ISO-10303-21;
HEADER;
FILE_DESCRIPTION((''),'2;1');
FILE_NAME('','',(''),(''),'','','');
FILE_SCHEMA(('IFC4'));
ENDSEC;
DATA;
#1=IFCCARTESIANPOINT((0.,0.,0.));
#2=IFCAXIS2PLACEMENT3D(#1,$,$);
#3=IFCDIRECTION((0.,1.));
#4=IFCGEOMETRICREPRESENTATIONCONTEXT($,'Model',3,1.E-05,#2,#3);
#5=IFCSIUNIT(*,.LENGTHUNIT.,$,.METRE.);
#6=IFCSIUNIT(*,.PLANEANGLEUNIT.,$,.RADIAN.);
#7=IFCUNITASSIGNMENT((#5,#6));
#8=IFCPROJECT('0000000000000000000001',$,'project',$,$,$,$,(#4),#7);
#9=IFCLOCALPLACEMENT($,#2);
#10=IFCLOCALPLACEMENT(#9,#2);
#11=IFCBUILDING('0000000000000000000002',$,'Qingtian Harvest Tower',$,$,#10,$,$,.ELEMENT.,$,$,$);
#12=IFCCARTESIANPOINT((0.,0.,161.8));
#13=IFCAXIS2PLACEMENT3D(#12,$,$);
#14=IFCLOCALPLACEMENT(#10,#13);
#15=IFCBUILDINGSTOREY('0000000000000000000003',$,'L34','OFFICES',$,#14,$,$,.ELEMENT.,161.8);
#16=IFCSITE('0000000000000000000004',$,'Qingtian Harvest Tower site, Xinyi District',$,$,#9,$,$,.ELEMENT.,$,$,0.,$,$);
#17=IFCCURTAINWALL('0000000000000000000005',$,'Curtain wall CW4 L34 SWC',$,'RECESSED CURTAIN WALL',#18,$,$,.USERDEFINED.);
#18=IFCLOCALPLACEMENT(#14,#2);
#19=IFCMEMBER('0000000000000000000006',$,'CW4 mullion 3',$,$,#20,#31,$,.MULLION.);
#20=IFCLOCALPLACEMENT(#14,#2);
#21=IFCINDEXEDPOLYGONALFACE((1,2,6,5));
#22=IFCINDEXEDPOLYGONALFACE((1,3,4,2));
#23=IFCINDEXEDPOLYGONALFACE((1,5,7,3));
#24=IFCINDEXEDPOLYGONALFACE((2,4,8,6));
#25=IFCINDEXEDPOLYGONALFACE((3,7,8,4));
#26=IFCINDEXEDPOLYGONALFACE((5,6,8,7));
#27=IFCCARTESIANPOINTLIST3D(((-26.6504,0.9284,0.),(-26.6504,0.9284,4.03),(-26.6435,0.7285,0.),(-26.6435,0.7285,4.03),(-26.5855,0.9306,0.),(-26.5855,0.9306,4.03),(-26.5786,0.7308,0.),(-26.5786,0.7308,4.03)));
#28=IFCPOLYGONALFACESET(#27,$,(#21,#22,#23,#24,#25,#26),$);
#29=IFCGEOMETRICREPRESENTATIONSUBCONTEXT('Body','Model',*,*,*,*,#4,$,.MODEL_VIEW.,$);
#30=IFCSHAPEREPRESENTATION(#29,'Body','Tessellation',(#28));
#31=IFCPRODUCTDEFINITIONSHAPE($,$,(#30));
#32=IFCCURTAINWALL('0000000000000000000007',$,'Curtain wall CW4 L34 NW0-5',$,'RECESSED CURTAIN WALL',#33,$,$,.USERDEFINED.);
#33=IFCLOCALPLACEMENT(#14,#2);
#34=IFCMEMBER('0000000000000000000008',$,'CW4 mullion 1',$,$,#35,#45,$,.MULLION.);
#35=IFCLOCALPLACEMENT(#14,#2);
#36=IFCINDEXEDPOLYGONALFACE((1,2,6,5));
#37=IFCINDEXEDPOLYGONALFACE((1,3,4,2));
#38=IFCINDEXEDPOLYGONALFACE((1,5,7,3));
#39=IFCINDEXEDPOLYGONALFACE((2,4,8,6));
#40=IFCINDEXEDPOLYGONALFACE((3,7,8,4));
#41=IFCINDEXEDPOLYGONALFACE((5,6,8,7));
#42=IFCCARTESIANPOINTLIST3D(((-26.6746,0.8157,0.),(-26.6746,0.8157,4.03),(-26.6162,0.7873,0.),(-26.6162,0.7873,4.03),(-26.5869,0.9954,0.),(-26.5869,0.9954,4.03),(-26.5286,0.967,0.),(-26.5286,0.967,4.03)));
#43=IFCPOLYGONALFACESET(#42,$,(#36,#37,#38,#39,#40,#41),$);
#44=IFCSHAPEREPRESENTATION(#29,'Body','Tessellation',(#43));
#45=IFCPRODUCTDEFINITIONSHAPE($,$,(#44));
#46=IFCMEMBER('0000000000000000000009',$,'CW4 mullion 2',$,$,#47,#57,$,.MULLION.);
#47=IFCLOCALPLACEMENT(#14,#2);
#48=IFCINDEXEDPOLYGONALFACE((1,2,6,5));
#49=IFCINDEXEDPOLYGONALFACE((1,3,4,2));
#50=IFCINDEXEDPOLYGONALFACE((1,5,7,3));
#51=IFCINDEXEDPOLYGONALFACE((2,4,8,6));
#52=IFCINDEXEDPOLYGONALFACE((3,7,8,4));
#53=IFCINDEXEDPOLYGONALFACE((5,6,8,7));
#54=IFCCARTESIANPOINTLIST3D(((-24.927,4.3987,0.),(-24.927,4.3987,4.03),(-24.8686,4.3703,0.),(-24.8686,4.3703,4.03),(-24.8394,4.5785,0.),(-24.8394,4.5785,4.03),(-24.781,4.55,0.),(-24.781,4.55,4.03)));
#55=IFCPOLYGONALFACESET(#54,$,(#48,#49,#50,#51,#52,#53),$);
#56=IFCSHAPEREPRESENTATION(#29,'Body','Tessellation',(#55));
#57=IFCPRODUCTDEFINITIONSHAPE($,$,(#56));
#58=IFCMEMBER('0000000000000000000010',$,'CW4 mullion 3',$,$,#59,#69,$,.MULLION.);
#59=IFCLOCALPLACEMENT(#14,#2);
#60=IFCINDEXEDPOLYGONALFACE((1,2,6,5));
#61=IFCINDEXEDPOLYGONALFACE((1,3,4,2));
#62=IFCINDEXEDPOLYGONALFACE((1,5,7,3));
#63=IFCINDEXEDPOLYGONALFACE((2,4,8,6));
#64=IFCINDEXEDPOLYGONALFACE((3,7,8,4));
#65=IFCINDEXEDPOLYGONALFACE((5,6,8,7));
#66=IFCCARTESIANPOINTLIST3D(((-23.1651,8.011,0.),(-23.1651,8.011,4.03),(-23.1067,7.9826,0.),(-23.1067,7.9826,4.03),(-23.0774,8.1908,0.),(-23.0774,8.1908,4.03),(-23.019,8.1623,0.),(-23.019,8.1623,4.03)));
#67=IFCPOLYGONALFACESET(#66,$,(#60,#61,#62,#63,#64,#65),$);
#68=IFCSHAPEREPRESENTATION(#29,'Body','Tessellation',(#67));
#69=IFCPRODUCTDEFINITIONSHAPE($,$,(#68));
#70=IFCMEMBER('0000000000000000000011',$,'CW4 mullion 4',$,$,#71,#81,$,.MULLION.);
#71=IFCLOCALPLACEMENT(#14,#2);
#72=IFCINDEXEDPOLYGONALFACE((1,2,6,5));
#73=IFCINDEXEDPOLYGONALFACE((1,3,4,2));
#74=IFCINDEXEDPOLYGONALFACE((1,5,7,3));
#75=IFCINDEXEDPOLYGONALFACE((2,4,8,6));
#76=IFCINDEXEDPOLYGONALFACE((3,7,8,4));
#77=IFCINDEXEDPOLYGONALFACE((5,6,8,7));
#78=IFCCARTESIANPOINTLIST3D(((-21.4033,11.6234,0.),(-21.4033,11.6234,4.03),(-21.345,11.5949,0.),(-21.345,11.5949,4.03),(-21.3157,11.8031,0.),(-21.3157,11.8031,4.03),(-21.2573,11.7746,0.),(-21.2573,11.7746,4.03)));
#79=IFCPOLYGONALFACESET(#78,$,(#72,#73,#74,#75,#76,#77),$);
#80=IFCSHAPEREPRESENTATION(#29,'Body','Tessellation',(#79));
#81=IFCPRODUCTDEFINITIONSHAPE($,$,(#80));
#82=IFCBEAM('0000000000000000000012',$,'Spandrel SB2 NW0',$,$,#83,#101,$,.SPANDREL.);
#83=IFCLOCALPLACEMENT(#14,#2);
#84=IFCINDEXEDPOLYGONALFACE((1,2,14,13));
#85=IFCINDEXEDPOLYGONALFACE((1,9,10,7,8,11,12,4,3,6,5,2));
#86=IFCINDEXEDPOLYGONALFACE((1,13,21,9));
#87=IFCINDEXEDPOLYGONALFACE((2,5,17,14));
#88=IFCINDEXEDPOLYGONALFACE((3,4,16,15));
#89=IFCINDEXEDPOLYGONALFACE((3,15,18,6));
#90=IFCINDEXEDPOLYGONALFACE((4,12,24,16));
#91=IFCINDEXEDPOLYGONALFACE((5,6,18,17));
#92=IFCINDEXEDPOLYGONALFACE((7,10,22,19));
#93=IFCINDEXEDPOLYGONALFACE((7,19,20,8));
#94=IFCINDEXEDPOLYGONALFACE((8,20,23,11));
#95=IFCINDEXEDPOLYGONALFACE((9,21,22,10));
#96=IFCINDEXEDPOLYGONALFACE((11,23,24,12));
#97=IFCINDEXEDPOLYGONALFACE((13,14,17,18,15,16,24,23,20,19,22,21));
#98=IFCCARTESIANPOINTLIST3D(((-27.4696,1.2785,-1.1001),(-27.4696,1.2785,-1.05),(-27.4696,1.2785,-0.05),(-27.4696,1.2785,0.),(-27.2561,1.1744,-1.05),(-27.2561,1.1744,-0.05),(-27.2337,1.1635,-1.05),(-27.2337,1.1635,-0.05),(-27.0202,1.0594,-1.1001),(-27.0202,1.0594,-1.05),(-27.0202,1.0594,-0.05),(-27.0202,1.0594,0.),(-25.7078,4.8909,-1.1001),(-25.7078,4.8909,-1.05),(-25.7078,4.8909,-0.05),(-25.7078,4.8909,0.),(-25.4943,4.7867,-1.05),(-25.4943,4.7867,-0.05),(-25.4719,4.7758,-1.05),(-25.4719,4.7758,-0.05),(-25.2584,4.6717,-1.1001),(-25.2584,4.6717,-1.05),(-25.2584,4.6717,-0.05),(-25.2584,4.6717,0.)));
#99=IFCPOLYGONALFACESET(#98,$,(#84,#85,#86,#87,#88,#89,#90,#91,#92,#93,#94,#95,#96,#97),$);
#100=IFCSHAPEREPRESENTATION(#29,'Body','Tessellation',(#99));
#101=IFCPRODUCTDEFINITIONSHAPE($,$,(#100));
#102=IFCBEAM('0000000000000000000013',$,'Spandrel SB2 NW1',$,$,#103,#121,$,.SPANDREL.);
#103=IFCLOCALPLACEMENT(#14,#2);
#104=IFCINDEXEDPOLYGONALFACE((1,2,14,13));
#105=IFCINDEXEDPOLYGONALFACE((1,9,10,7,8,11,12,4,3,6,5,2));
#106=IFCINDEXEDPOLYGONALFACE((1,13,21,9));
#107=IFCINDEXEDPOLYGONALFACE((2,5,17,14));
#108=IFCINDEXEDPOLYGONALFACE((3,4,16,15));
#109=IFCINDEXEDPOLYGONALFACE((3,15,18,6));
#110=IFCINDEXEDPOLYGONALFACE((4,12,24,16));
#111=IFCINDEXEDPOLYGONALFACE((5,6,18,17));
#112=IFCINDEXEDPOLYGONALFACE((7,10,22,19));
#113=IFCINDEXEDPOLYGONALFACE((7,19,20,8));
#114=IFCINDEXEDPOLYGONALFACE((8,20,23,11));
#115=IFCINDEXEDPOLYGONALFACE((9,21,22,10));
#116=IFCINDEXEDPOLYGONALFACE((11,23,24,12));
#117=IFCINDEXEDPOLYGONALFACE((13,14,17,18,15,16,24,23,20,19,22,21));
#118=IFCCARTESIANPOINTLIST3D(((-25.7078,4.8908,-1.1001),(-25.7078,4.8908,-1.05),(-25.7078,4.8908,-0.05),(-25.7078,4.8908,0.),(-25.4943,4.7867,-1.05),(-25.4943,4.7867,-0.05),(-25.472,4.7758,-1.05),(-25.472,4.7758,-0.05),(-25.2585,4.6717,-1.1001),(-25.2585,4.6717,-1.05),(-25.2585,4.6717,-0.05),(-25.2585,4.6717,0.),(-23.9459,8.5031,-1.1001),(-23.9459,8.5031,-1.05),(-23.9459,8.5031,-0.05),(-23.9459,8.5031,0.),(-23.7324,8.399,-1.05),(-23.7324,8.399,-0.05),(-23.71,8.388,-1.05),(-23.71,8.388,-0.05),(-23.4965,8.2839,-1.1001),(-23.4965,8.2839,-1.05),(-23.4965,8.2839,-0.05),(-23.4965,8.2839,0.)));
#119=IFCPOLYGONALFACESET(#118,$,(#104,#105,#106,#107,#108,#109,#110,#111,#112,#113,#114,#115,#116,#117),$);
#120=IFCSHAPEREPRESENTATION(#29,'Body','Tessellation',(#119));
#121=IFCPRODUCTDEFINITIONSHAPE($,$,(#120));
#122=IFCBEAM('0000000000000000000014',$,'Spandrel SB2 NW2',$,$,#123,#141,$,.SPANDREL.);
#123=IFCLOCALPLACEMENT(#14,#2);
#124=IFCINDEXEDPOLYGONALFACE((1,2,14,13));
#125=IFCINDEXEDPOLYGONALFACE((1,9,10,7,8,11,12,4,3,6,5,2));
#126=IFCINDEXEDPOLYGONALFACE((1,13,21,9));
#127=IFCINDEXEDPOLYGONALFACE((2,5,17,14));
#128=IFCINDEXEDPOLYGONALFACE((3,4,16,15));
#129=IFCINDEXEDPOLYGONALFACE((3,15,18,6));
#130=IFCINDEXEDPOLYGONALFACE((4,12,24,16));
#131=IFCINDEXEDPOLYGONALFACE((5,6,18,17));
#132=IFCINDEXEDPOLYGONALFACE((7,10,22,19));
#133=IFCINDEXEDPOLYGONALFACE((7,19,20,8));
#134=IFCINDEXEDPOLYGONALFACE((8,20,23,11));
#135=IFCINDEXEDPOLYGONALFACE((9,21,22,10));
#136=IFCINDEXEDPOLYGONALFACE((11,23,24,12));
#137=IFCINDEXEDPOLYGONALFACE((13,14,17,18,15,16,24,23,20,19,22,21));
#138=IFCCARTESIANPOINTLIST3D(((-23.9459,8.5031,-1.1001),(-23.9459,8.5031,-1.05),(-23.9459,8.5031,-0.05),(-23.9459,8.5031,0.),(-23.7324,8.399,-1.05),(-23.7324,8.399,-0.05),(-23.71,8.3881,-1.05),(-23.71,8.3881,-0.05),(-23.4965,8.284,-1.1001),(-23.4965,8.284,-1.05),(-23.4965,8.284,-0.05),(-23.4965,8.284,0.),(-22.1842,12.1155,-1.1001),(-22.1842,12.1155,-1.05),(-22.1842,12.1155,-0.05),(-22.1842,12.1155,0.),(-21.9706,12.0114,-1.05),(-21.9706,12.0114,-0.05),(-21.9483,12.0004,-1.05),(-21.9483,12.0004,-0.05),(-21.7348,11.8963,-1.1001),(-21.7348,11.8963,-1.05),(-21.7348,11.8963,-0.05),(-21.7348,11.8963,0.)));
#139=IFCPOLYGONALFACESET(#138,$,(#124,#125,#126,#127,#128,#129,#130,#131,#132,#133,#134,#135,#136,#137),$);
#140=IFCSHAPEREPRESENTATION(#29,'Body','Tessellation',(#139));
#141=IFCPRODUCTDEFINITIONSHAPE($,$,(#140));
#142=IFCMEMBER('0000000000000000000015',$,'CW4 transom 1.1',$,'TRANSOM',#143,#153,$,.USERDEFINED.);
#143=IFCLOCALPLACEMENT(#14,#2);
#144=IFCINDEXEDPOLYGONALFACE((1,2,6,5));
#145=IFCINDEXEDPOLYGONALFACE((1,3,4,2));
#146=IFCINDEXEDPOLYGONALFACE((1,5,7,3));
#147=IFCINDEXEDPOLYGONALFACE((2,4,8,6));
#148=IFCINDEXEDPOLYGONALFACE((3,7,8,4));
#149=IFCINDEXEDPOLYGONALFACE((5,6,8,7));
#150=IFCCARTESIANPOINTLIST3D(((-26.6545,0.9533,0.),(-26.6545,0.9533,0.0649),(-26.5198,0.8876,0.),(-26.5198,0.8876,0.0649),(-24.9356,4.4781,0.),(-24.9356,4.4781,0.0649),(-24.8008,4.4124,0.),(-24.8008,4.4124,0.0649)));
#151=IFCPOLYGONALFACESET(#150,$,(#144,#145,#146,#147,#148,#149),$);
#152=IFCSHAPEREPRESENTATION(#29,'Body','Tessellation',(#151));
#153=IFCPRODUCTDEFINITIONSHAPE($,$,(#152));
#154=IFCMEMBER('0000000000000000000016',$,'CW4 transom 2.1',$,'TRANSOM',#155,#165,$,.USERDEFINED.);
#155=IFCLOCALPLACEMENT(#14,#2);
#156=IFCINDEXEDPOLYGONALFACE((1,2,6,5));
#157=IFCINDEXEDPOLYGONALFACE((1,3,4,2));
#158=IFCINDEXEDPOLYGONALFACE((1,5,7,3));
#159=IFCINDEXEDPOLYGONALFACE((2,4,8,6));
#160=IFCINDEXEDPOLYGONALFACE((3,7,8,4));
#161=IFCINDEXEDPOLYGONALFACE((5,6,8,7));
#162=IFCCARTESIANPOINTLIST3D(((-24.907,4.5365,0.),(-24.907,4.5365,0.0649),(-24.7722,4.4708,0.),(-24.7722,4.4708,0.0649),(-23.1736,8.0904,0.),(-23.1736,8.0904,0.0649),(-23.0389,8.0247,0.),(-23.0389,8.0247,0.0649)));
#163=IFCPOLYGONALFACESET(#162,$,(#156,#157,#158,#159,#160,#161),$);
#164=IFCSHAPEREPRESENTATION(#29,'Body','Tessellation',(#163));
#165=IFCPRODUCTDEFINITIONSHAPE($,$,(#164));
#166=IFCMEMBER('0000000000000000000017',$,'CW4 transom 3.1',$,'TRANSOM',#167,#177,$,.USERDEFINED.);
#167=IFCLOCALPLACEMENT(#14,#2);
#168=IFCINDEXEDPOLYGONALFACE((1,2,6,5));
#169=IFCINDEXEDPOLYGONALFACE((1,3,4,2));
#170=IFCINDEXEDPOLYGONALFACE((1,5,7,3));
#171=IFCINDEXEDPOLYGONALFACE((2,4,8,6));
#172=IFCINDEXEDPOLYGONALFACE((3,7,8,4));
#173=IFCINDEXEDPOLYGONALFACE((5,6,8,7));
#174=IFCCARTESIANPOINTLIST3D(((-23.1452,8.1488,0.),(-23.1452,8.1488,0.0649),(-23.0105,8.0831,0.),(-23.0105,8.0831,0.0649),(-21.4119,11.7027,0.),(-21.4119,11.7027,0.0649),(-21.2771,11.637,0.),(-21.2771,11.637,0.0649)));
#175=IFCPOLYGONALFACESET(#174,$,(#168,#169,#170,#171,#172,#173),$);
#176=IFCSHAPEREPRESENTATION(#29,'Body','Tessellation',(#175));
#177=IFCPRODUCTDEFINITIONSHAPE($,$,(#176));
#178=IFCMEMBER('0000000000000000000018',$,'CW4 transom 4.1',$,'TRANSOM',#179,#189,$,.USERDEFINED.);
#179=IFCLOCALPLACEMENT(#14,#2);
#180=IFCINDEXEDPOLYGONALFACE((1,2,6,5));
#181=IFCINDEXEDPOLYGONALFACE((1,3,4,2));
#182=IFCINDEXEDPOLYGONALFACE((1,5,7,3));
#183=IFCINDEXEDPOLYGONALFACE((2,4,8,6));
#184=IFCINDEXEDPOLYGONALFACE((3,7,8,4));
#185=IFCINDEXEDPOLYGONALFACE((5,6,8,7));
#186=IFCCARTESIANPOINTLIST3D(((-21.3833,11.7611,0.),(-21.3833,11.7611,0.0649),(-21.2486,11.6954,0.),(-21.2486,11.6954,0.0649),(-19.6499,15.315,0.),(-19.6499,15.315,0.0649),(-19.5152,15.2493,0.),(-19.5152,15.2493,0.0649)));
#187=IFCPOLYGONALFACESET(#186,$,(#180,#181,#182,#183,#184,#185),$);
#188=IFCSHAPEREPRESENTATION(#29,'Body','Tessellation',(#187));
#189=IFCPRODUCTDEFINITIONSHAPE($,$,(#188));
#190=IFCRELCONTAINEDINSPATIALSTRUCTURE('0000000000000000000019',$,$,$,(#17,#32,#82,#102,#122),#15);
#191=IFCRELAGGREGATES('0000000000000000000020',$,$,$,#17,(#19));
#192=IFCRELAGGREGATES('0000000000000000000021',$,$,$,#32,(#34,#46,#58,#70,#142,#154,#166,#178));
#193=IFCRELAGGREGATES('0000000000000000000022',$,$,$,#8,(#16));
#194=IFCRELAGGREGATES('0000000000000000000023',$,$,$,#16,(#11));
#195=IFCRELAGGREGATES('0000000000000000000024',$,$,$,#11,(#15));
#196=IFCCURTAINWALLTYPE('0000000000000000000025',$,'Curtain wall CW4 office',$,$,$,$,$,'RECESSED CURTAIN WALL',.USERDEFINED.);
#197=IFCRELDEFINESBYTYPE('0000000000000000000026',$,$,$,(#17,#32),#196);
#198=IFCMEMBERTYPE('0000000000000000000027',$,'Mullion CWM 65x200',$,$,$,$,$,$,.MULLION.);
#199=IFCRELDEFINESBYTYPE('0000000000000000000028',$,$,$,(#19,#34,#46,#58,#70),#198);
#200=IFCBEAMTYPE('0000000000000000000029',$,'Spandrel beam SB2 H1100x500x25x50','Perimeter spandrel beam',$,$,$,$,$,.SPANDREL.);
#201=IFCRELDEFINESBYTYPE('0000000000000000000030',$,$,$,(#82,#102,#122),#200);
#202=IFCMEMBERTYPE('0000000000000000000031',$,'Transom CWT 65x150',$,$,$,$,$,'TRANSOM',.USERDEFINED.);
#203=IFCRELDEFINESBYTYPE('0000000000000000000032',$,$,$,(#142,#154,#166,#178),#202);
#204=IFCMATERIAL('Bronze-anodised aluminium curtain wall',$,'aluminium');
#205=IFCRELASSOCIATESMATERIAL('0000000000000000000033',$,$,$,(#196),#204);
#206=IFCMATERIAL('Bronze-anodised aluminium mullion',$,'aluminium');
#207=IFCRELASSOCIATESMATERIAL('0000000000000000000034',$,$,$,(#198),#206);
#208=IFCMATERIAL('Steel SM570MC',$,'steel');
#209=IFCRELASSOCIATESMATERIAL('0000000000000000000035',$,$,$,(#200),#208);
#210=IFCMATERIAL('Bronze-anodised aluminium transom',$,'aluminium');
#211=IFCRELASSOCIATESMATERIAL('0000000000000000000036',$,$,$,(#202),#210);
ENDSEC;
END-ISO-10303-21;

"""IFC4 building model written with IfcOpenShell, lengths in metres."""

from ifc_helpers import new_model, si_unit, direction, frame, origin, origin_2d, place, context, subcontext, project, spatial, rectangle, i_section, extrude, material, material_profile, profile_set, type_object, element, aggregate, save


model = new_model("IFC4")

# Units and contexts
model_context = context("Model", 3, precision=1e-05, world=origin(), true_north=direction((0.0, 1.0)))
body_context = subcontext(model_context, "Body", "Model", "MODEL_VIEW")
ifc_project = project(units=[si_unit("LENGTHUNIT", "METRE"), si_unit("PLANEANGLEUNIT", "RADIAN")], contexts=[model_context])

# Site, building, storey
site_placement = place(None, origin())
site = spatial("IfcSite", under=ifc_project, at=site_placement, Name="Qingtian Harvest Tower site, Xinyi District", CompositionType="ELEMENT", RefElevation=0.0)
building_placement = place(site_placement, origin())
building = spatial("IfcBuilding", under=site, at=building_placement, Name="Qingtian Harvest Tower", CompositionType="ELEMENT")
storey_placement = place(building_placement, frame((0.0, 0.0, 161.8)))
storey = spatial("IfcBuildingStorey", under=building, at=storey_placement, Name="L34", Description="OFFICES", CompositionType="ELEMENT", Elevation=161.8)

# Curtain wall, member
ifc_material_1 = material(Name="Bronze-anodised aluminium curtain wall", Category="aluminium")
curtain_wall_type = type_object("IfcCurtainWallType", Name="Curtain wall CW4 office", ElementType="RECESSED CURTAIN WALL", PredefinedType="USERDEFINED", material=ifc_material_1)
curtain_wall_1_placement = place(storey_placement, origin())
curtain_wall_1 = element("IfcCurtainWall", 1, at=curtain_wall_1_placement, inside=storey, type_object=curtain_wall_type, Name="Curtain wall CW4 L34 SWC", ObjectType="RECESSED CURTAIN WALL", PredefinedType="USERDEFINED")
ifc_material_2 = material(Name="Bronze-anodised aluminium mullion", Category="aluminium")
ifc_material_profile_1 = material_profile(ifc_material_2, rectangle(XDim=0.0649, YDim=0.2, at=origin_2d()), Name="AL 65x200")
ifc_profile_set_1 = profile_set([ifc_material_profile_1], Name="Bronze-anodised aluminium mullion")
member_type_1 = type_object("IfcMemberType", Name="Mullion CWM 65x200", PredefinedType="MULLION", material=ifc_profile_set_1)
member_1_placement = place(storey_placement, frame((-26.6145, 0.8296, 0.0), z_axis=(0.0, 0.0, 1.0), x_axis=(-0.999391, -0.034899, 0.0)))
member_1 = element("IfcMember", 2, at=member_1_placement, type_object=member_type_1, Name="CW4 mullion 3", PredefinedType="MULLION", context=body_context, shape_type="SweptSolid", body=[
    extrude(rectangle(XDim=0.0649, YDim=0.2, at=origin_2d()), origin(), (0.0, 0.0, 1.0), 4.03),
])
aggregate(curtain_wall_1, [member_1])

# Curtain wall, members
curtain_wall_2_placement = place(storey_placement, origin())
curtain_wall_2 = element("IfcCurtainWall", 3, at=curtain_wall_2_placement, inside=storey, type_object=curtain_wall_type, Name="Curtain wall CW4 L34 NW0-5", ObjectType="RECESSED CURTAIN WALL", PredefinedType="USERDEFINED")
member_2_placement = place(storey_placement, frame((-26.6016, 0.8914, 0.0), z_axis=(0.0, 0.0, 1.0), x_axis=(-0.898794, 0.438371, 0.0)))
member_2 = element("IfcMember", 4, at=member_2_placement, type_object=member_type_1, Name="CW4 mullion 1", PredefinedType="MULLION", context=body_context, shape_type="SweptSolid", body=[
    extrude(rectangle(XDim=0.0649, YDim=0.2, at=origin_2d()), origin(), (0.0, 0.0, 1.0), 4.03),
])
member_3_placement = place(storey_placement, frame((-24.854, 4.4744, 0.0), z_axis=(0.0, 0.0, 1.0), x_axis=(-0.898794, 0.438371, 0.0)))
member_3 = element("IfcMember", 5, at=member_3_placement, type_object=member_type_1, Name="CW4 mullion 2", PredefinedType="MULLION", context=body_context, shape_type="SweptSolid", body=[
    extrude(rectangle(XDim=0.0649, YDim=0.2, at=origin_2d()), origin(), (0.0, 0.0, 1.0), 4.03),
])
member_4_placement = place(storey_placement, frame((-23.092, 8.0867, 0.0), z_axis=(0.0, 0.0, 1.0), x_axis=(-0.898794, 0.438371, 0.0)))
member_4 = element("IfcMember", 6, at=member_4_placement, type_object=member_type_1, Name="CW4 mullion 3", PredefinedType="MULLION", context=body_context, shape_type="SweptSolid", body=[
    extrude(rectangle(XDim=0.0649, YDim=0.2, at=origin_2d()), origin(), (0.0, 0.0, 1.0), 4.03),
])
member_5_placement = place(storey_placement, frame((-21.3303, 11.699, 0.0), z_axis=(0.0, 0.0, 1.0), x_axis=(-0.898794, 0.438371, 0.0)))
member_5 = element("IfcMember", 7, at=member_5_placement, type_object=member_type_1, Name="CW4 mullion 4", PredefinedType="MULLION", context=body_context, shape_type="SweptSolid", body=[
    extrude(rectangle(XDim=0.0649, YDim=0.2, at=origin_2d()), origin(), (0.0, 0.0, 1.0), 4.03),
])

# Beams
ifc_material_3 = material(Name="Steel SM570MC", Category="steel")
ifc_material_profile_2 = material_profile(ifc_material_3, i_section(OverallWidth=0.5, OverallDepth=1.1001, WebThickness=0.0249, FlangeThickness=0.05, at=origin_2d()), Name="H1100x500x25x50")
ifc_profile_set_2 = profile_set([ifc_material_profile_2], Name="Steel SM570MC")
beam_type_1 = type_object("IfcBeamType", Name="Spandrel beam SB2 H1100x500x25x50", Description="Perimeter spandrel beam", PredefinedType="SPANDREL", material=ifc_profile_set_2)
for number, where, z_axis, x_axis, name in (
    (8, (-27.2449, 1.1689, -0.55), (0.438347, 0.898806, 0.0), (-0.898806, 0.438347, 0.0), "Spandrel SB2 NW0"),
    (9, (-25.4832, 4.7812, -0.55), (0.438396, 0.898782, 0.0), (-0.898782, 0.438396, 0.0), "Spandrel SB2 NW1"),
    (10, (-23.7212, 8.3936, -0.55), (0.438347, 0.898806, 0.0), (-0.898806, 0.438347, 0.0), "Spandrel SB2 NW2"),
):
    element("IfcBeam", number, at=place(storey_placement, frame(where, z_axis=z_axis, x_axis=x_axis)), inside=storey, type_object=beam_type_1, Name=name, PredefinedType="SPANDREL", context=body_context, shape_type="SweptSolid", body=[
        extrude(i_section(OverallWidth=0.5, OverallDepth=1.1001, WebThickness=0.0249, FlangeThickness=0.05, at=origin_2d()), origin(), (0.0, 0.0, 1.0), 4.019),
    ])

# Members
ifc_material_4 = material(Name="Bronze-anodised aluminium transom", Category="aluminium")
ifc_material_profile_3 = material_profile(ifc_material_4, rectangle(XDim=0.1499, YDim=0.0649, at=origin_2d()), Name="AL 65x150")
ifc_profile_set_3 = profile_set([ifc_material_profile_3], Name="Bronze-anodised aluminium transom")
member_type_2 = type_object("IfcMemberType", Name="Transom CWT 65x150", ElementType="TRANSOM", PredefinedType="USERDEFINED", material=ifc_profile_set_3)
member_6_placement = place(storey_placement, frame((-26.5872, 0.9204, 0.0325), z_axis=(0.438327, 0.898816, 0.0), x_axis=(-0.898816, 0.438327, 0.0)))
member_6 = element("IfcMember", 11, at=member_6_placement, type_object=member_type_2, Name="CW4 transom 1.1", ObjectType="TRANSOM", PredefinedType="USERDEFINED", context=body_context, shape_type="SweptSolid", body=[
    extrude(rectangle(XDim=0.1499, YDim=0.0649, at=origin_2d()), origin(), (0.0, 0.0, 1.0), 3.9216),
])
member_7_placement = place(storey_placement, frame((-24.8396, 4.5037, 0.0325), z_axis=(0.438375, 0.898792, 0.0), x_axis=(-0.898792, 0.438375, 0.0)))
member_7 = element("IfcMember", 12, at=member_7_placement, type_object=member_type_2, Name="CW4 transom 2.1", ObjectType="TRANSOM", PredefinedType="USERDEFINED", context=body_context, shape_type="SweptSolid", body=[
    extrude(rectangle(XDim=0.1499, YDim=0.0649, at=origin_2d()), origin(), (0.0, 0.0, 1.0), 3.9541),
])
member_8_placement = place(storey_placement, frame((-23.0779, 8.116, 0.0325), z_axis=(0.438375, 0.898792, 0.0), x_axis=(-0.898792, 0.438375, 0.0)))
member_8 = element("IfcMember", 13, at=member_8_placement, type_object=member_type_2, Name="CW4 transom 3.1", ObjectType="TRANSOM", PredefinedType="USERDEFINED", context=body_context, shape_type="SweptSolid", body=[
    extrude(rectangle(XDim=0.1499, YDim=0.0649, at=origin_2d()), origin(), (0.0, 0.0, 1.0), 3.9541),
])
member_9_placement = place(storey_placement, frame((-21.3159, 11.7283, 0.0325), z_axis=(0.438375, 0.898792, 0.0), x_axis=(-0.898792, 0.438375, 0.0)))
member_9 = element("IfcMember", 14, at=member_9_placement, type_object=member_type_2, Name="CW4 transom 4.1", ObjectType="TRANSOM", PredefinedType="USERDEFINED", context=body_context, shape_type="SweptSolid", body=[
    extrude(rectangle(XDim=0.1499, YDim=0.0649, at=origin_2d()), origin(), (0.0, 0.0, 1.0), 3.9541),
])

aggregate(curtain_wall_2, [member_2, member_3, member_4, member_5, member_6, member_7, member_8, member_9])

save(model, "model.ifc")
